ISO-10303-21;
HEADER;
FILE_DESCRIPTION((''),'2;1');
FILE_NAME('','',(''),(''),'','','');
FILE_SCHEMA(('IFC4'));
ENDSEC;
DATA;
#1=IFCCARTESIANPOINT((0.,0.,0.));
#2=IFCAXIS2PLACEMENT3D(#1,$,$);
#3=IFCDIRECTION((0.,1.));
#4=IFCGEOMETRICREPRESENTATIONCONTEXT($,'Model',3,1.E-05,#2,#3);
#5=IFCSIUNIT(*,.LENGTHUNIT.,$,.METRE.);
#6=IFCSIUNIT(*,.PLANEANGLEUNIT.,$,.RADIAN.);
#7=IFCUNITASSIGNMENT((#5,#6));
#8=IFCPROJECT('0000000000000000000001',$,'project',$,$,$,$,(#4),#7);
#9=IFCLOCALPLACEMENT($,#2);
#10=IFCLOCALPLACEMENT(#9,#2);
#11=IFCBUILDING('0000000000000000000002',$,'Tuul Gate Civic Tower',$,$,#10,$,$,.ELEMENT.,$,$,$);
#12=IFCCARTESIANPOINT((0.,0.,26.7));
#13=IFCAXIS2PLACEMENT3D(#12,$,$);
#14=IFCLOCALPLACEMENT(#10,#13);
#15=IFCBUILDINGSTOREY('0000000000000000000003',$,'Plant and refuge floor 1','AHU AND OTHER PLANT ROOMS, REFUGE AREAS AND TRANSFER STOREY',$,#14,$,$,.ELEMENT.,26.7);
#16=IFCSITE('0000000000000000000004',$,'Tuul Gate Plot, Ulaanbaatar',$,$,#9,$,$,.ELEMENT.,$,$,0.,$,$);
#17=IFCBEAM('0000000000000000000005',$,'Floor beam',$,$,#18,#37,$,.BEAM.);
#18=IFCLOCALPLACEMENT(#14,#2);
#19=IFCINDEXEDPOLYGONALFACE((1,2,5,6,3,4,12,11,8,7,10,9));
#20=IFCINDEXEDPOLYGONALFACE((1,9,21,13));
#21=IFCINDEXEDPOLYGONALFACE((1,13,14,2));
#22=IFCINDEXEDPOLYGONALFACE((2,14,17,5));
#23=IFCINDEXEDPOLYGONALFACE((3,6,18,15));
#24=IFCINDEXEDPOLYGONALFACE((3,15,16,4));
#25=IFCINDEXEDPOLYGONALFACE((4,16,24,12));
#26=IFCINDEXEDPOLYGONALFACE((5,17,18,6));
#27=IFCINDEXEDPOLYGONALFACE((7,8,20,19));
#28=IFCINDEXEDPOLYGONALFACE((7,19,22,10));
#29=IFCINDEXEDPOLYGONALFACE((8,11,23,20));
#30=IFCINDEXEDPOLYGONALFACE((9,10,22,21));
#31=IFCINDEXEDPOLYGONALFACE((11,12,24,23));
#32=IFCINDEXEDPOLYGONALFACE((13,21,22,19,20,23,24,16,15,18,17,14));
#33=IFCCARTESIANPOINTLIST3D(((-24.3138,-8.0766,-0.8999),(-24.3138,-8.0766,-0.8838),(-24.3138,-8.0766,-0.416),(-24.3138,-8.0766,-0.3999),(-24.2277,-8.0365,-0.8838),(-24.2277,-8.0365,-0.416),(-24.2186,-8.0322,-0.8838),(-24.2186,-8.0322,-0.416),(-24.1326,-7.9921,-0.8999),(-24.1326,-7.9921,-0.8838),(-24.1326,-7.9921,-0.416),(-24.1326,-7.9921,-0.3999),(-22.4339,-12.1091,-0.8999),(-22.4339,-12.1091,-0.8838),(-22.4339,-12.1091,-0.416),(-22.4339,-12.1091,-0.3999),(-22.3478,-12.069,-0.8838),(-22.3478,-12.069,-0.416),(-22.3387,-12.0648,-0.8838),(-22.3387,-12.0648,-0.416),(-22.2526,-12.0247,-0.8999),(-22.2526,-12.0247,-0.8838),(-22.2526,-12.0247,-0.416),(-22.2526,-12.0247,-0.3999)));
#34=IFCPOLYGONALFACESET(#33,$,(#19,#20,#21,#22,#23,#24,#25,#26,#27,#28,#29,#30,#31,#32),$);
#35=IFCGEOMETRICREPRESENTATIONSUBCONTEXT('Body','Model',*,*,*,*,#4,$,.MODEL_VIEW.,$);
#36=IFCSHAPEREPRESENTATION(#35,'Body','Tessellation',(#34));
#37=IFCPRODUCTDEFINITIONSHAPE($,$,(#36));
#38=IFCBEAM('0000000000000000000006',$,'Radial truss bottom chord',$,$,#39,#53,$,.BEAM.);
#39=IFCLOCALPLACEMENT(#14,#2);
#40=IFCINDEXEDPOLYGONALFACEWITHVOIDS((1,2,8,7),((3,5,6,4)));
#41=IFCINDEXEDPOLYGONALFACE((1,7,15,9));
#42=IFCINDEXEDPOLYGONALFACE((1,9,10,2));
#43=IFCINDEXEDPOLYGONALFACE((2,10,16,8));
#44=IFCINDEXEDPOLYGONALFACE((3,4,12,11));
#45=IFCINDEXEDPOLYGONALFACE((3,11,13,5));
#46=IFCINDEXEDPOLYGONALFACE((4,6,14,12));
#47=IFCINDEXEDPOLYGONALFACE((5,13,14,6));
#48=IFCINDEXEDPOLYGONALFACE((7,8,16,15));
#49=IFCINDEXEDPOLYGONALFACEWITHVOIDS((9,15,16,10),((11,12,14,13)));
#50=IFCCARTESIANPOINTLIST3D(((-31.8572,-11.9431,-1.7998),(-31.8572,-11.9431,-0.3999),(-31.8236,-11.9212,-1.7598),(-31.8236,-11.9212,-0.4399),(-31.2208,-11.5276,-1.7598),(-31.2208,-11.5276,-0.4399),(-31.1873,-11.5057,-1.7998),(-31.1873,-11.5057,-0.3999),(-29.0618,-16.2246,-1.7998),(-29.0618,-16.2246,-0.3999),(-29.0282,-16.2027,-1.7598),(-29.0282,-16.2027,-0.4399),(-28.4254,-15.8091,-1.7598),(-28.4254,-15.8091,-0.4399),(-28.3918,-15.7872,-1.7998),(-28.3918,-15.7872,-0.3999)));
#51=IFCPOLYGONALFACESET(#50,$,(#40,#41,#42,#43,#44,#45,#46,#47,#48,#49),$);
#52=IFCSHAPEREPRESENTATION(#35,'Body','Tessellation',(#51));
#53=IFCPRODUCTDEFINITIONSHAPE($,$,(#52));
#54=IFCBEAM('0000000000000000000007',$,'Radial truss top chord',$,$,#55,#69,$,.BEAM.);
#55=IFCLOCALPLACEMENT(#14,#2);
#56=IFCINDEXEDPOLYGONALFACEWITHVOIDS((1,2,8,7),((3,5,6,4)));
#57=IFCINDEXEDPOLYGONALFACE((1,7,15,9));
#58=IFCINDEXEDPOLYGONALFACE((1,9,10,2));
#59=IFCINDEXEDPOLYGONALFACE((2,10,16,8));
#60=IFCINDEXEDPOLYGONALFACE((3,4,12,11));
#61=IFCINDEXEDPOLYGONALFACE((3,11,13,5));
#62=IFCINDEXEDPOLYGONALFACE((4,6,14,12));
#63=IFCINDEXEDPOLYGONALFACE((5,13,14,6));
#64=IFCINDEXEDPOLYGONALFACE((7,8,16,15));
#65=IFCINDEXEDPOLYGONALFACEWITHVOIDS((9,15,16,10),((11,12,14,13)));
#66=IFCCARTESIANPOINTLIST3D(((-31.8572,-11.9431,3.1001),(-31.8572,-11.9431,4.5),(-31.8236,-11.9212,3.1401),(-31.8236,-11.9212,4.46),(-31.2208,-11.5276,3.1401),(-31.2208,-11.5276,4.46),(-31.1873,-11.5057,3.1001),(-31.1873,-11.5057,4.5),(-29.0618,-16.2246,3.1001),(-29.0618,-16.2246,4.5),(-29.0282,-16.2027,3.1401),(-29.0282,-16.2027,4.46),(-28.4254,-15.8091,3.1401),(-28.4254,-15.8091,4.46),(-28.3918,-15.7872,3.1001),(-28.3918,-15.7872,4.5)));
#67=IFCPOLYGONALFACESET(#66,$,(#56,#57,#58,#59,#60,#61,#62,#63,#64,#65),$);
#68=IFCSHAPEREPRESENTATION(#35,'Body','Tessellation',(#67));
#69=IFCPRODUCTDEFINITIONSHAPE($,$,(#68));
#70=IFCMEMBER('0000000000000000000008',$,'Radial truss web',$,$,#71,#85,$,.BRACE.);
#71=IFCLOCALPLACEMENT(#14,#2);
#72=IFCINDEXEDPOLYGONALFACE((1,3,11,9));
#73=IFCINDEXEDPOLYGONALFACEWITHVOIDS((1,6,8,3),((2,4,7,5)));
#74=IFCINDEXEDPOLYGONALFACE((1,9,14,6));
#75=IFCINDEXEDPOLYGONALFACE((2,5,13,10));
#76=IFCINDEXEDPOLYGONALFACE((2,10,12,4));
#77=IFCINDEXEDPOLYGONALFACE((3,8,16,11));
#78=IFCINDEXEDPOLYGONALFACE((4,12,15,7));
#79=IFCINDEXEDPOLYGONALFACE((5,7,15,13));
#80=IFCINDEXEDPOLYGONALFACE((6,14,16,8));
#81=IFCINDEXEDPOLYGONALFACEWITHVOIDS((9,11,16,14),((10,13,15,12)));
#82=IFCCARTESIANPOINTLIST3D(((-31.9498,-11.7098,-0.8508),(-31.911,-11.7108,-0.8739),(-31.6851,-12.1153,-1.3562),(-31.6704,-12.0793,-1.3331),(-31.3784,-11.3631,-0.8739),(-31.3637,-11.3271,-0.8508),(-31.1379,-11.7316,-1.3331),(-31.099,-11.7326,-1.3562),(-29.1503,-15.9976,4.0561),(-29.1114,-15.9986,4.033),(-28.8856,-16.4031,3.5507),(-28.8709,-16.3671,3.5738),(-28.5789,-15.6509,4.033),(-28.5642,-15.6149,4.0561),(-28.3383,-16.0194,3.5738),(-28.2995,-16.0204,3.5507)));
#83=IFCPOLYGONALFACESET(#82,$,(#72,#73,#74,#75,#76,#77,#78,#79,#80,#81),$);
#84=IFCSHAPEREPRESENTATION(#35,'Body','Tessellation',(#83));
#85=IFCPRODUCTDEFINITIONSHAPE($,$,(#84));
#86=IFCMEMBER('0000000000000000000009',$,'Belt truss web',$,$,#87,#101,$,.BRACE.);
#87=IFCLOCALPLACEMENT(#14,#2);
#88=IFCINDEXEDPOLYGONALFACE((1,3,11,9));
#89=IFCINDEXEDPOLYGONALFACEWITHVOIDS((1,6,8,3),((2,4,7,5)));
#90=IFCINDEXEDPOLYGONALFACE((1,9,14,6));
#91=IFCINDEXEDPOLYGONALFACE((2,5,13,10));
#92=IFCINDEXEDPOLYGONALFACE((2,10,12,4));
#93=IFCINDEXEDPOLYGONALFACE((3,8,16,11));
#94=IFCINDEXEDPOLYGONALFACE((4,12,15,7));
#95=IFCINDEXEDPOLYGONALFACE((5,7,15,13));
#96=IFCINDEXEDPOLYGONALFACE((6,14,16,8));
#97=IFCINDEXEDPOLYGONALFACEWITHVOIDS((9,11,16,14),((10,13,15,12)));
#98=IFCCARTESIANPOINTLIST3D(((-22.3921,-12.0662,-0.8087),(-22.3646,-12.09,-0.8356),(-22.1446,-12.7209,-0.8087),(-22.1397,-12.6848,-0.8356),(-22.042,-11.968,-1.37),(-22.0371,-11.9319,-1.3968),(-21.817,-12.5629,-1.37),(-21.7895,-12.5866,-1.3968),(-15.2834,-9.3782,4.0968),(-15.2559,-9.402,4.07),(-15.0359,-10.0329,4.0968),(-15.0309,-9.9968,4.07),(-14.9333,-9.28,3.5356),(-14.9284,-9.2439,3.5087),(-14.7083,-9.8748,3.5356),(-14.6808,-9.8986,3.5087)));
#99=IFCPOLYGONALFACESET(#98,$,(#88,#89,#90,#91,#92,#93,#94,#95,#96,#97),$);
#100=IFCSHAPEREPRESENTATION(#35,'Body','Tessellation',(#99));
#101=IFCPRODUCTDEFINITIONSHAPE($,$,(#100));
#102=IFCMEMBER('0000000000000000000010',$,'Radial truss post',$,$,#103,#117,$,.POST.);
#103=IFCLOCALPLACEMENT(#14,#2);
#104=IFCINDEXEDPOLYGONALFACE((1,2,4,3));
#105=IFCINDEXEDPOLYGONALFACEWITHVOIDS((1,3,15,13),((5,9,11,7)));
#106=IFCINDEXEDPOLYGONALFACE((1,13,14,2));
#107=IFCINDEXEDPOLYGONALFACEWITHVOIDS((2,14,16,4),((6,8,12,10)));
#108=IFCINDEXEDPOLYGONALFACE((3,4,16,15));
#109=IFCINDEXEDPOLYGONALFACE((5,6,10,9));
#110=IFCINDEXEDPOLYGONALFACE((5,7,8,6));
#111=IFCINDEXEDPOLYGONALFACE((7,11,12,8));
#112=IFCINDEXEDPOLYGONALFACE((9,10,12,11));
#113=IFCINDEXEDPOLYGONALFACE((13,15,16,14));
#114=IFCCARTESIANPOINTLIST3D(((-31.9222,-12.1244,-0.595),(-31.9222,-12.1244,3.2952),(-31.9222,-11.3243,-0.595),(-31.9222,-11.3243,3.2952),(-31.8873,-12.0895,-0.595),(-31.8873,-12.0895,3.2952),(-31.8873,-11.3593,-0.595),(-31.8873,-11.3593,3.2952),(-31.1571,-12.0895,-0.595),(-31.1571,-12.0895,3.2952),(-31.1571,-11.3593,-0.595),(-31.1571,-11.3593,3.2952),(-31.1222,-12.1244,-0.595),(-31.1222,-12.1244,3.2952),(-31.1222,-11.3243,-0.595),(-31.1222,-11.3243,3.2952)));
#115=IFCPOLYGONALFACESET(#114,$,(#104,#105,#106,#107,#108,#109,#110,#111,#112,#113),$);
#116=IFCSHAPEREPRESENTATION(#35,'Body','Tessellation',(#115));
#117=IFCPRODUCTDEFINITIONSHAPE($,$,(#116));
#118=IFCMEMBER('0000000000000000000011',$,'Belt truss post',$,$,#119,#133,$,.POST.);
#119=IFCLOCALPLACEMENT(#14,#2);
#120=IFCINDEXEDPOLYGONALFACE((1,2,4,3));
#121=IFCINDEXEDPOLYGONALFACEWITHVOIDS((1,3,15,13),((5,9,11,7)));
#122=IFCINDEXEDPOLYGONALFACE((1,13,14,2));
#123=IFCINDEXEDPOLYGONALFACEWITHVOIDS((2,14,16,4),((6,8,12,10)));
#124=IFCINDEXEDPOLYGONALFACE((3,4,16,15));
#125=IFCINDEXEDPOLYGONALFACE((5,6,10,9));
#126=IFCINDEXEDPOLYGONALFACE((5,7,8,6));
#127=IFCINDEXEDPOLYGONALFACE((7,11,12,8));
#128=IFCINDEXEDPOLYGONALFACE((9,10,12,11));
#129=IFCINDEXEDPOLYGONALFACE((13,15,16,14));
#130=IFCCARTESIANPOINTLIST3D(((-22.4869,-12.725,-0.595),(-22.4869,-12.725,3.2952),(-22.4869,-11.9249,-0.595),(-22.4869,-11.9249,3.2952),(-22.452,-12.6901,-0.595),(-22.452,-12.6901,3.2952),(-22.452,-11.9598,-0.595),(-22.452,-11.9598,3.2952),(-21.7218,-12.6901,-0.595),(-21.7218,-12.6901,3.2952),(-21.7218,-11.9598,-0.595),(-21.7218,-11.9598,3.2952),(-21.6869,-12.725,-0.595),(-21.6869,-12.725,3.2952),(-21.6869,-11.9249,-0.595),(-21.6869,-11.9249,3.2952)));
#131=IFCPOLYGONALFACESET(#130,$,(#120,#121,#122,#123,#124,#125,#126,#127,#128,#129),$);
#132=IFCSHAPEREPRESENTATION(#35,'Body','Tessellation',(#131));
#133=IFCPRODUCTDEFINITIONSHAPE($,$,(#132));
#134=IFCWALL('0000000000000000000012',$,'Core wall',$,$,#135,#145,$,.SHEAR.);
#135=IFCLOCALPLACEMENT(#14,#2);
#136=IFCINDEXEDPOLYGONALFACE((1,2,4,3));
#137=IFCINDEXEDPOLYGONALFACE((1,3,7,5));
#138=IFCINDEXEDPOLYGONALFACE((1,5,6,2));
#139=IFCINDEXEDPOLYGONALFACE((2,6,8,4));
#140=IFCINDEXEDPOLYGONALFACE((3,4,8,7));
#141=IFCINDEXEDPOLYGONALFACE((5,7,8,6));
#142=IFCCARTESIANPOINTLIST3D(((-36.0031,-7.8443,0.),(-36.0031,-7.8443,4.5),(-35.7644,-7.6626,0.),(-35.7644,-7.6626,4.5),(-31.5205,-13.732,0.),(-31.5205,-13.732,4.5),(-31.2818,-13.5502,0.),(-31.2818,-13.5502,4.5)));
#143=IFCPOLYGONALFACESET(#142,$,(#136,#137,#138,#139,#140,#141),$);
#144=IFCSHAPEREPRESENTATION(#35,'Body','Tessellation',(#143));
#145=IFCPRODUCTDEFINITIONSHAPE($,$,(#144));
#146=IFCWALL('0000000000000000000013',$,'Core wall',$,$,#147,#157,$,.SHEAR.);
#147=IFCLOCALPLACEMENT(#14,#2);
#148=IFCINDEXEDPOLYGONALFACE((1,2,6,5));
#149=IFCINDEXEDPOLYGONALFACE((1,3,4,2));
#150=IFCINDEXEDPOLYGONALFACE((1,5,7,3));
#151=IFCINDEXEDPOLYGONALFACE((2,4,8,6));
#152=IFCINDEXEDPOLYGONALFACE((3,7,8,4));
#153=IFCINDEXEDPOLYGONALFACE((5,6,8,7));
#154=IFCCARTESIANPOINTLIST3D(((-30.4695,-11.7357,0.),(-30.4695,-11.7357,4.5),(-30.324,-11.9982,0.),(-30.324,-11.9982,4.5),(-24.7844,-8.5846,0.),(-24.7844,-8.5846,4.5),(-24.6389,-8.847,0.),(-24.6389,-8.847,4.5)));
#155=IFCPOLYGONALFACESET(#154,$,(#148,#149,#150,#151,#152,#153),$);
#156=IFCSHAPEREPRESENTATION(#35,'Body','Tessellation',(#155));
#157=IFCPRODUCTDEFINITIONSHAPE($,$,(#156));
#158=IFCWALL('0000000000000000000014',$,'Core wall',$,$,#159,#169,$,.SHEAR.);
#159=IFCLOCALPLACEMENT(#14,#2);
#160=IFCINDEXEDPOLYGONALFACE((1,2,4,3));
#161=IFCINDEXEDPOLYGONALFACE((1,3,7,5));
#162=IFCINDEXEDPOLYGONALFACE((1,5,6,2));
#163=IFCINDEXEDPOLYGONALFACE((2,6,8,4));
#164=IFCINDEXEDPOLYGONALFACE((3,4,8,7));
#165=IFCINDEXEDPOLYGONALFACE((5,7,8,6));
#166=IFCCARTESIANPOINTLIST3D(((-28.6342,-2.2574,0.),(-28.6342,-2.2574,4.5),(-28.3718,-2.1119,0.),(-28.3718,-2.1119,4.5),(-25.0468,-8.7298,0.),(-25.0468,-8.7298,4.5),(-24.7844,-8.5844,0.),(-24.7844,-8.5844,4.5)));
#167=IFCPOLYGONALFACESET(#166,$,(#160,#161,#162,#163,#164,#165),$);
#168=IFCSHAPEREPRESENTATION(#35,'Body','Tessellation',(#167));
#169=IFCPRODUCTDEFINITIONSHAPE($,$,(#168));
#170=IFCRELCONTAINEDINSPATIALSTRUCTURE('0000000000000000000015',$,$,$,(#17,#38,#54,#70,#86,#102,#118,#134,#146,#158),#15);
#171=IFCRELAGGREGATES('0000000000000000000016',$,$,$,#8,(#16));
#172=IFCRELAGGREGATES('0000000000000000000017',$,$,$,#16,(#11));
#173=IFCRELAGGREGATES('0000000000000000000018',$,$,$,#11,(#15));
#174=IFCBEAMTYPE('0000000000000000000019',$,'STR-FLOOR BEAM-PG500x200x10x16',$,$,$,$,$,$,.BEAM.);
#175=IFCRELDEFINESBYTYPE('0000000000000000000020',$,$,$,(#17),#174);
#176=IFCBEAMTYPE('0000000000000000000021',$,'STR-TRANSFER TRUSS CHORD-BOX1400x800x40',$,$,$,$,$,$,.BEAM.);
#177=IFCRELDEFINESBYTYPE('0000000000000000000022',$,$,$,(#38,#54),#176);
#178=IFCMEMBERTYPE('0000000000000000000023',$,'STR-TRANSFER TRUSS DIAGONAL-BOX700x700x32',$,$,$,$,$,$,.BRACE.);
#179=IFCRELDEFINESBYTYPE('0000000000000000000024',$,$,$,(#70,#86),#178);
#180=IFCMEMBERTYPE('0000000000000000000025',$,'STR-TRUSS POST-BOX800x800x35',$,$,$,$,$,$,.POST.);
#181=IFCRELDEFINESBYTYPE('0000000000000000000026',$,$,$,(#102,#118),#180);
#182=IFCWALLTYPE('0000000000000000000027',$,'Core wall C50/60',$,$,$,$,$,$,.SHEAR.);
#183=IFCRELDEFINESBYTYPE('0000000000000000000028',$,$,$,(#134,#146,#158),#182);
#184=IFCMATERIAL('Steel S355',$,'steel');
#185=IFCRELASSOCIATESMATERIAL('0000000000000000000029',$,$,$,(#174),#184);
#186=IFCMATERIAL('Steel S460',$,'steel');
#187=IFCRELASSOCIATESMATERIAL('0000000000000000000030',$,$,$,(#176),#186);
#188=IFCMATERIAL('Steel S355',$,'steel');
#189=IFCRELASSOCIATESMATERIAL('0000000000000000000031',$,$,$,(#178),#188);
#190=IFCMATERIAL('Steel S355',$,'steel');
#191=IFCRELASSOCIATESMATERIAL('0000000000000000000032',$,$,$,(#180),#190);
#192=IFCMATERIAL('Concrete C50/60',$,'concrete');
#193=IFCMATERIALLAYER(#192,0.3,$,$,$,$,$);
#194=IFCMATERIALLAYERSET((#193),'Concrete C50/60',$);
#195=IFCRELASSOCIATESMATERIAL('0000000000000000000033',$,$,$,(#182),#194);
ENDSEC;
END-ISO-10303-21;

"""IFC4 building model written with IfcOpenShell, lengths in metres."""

from ifc_helpers import new_model, si_unit, direction, frame, frame_2d, origin, origin_2d, place, context, subcontext, project, spatial, rectangle, hollow_rectangle, i_section, extrude, material, layer, layer_set, material_profile, profile_set, type_object, element, save


model = new_model("IFC4")

# Units and contexts
model_context = context("Model", 3, precision=1e-05, world=origin(), true_north=direction((0.0, 1.0)))
body_context = subcontext(model_context, "Body", "Model", "MODEL_VIEW")
ifc_project = project(units=[si_unit("LENGTHUNIT", "METRE"), si_unit("PLANEANGLEUNIT", "RADIAN")], contexts=[model_context])

# Site, building, storey
site_placement = place(None, origin())
site = spatial("IfcSite", under=ifc_project, at=site_placement, Name="Tuul Gate Plot, Ulaanbaatar", CompositionType="ELEMENT", RefElevation=0.0)
building_placement = place(site_placement, origin())
building = spatial("IfcBuilding", under=site, at=building_placement, Name="Tuul Gate Civic Tower", CompositionType="ELEMENT")
storey_placement = place(building_placement, frame((0.0, 0.0, 26.7)))
storey = spatial("IfcBuildingStorey", under=building, at=storey_placement, Name="Plant and refuge floor 1", Description="AHU AND OTHER PLANT ROOMS, REFUGE AREAS AND TRANSFER STOREY", CompositionType="ELEMENT", Elevation=26.7)

# Beams
ifc_material_1 = material(Name="Steel S355", Category="steel")
ifc_material_profile_1 = material_profile(ifc_material_1, i_section(OverallWidth=0.2, OverallDepth=0.5, WebThickness=0.01, FlangeThickness=0.0161, at=origin_2d()), Name="PG500x200x10x16")
ifc_profile_set_1 = profile_set([ifc_material_profile_1], Name="Steel S355")
beam_type_1 = type_object("IfcBeamType", Name="STR-FLOOR BEAM-PG500x200x10x16", PredefinedType="BEAM", material=ifc_profile_set_1)
beam_placement = place(storey_placement, frame((-22.3433, -12.0669, -0.6499), z_axis=(-0.422528, 0.90635, 0.0), x_axis=(-0.90635, -0.422528, 0.0)))
element("IfcBeam", 1, at=beam_placement, inside=storey, type_object=beam_type_1, Name="Floor beam", PredefinedType="BEAM", context=body_context, shape_type="SweptSolid", body=[
    extrude(i_section(OverallWidth=0.2, OverallDepth=0.5, WebThickness=0.01, FlangeThickness=0.0161, at=origin_2d()), origin(), (0.0, 0.0, 1.0), 4.4492),
])
ifc_material_2 = material(Name="Steel S460", Category="steel")
ifc_material_profile_2 = material_profile(ifc_material_2, hollow_rectangle(XDim=0.8, YDim=1.3999, WallThickness=0.04, at=origin_2d()), Name="BOX1400x800x40")
ifc_profile_set_2 = profile_set([ifc_material_profile_2], Name="Steel S460")
beam_type_2 = type_object("IfcBeamType", Name="STR-TRANSFER TRUSS CHORD-BOX1400x800x40", PredefinedType="BEAM", material=ifc_profile_set_2)
for number, where, z_axis, x_axis, name in (
    (2, (-31.5222, -11.7244, -1.0999), (0.546697, -0.83733, 0.0), (0.83733, 0.546697, 0.0), "Radial truss bottom chord"),
    (3, (-31.5222, -11.7244, 3.8), (0.546697, -0.83733, 0.0), (0.83733, 0.546697, 0.0), "Radial truss top chord"),
):
    element("IfcBeam", number, at=place(storey_placement, frame(where, z_axis=z_axis, x_axis=x_axis)), inside=storey, type_object=beam_type_2, Name=name, PredefinedType="BEAM", context=body_context, shape_type="SweptSolid", body=[
        extrude(hollow_rectangle(XDim=0.8, YDim=1.3999, WallThickness=0.04, at=origin_2d()), origin(), (0.0, 0.0, 1.0), 5.1133),
    ])

# Members
ifc_material_3 = material(Name="Steel S355", Category="steel")
ifc_material_profile_3 = material_profile(ifc_material_3, hollow_rectangle(XDim=0.7, YDim=0.7, WallThickness=0.032, at=origin_2d()), Name="BOX700x700x32")
ifc_profile_set_3 = profile_set([ifc_material_profile_3], Name="Steel S355")
member_type_1 = type_object("IfcMemberType", Name="STR-TRANSFER TRUSS DIAGONAL-BOX700x700x32", PredefinedType="BRACE", material=ifc_profile_set_3)
member_1_placement = place(storey_placement, frame((-31.5244, -11.7212, -1.1035), z_axis=(0.394729, -0.604572, 0.691869), x_axis=(0.83733, 0.546698, 0.0)))
element("IfcMember", 4, at=member_1_placement, inside=storey, type_object=member_type_1, Name="Radial truss web", PredefinedType="BRACE", context=body_context, shape_type="SweptSolid", body=[
    extrude(hollow_rectangle(XDim=0.7, YDim=0.7, WallThickness=0.032, at=origin_2d()), origin(), (0.0, 0.0, 1.0), 7.0923),
])
member_2_placement = place(storey_placement, frame((-22.0908, -12.3264, -1.1028), z_axis=(0.785871, 0.297161, 0.542312), x_axis=(-0.353689, 0.935363, 0.0)))
element("IfcMember", 5, at=member_2_placement, inside=storey, type_object=member_type_1, Name="Belt truss web", PredefinedType="BRACE", context=body_context, shape_type="SweptSolid", body=[
    extrude(hollow_rectangle(XDim=0.7, YDim=0.7, WallThickness=0.032, at=origin_2d()), origin(), (0.0, 0.0, 1.0), 9.0457),
])
ifc_material_4 = material(Name="Steel S355", Category="steel")
ifc_material_profile_4 = material_profile(ifc_material_4, hollow_rectangle(XDim=0.8, YDim=0.8, WallThickness=0.0349, at=origin_2d()), Name="BOX800x800x35")
ifc_profile_set_4 = profile_set([ifc_material_profile_4], Name="Steel S355")
member_type_2 = type_object("IfcMemberType", Name="STR-TRUSS POST-BOX800x800x35", PredefinedType="POST", material=ifc_profile_set_4)
for number, where, z_axis, x_axis, name in (
    (6, (-31.5222, -11.7244, -0.595), (0.0, 0.0, 1.0), (1.0, 0.0, 0.0), "Radial truss post"),
    (7, (-22.0869, -12.325, -0.595), (0.0, 0.0, 1.0), (1.0, 0.0, 0.0), "Belt truss post"),
):
    element("IfcMember", number, at=place(storey_placement, frame(where, z_axis=z_axis, x_axis=x_axis)), inside=storey, type_object=member_type_2, Name=name, PredefinedType="POST", context=body_context, shape_type="SweptSolid", body=[
        extrude(hollow_rectangle(XDim=0.8, YDim=0.8, WallThickness=0.0349, at=origin_2d()), origin(), (0.0, 0.0, 1.0), 3.8901),
    ])

# Walls
ifc_material_5 = material(Name="Concrete C50/60", Category="concrete")
ifc_layer_1 = layer(ifc_material_5, 0.3)
ifc_layer_set_1 = layer_set([ifc_layer_1], Name="Concrete C50/60")
wall_type_1 = type_object("IfcWallType", Name="Core wall C50/60", PredefinedType="SHEAR", material=ifc_layer_set_1)
wall_1_placement = place(storey_placement, frame((-31.4011, -13.6411, 0.0), z_axis=(0.0, 0.0, 1.0), x_axis=(-0.60577, 0.79564, 0.0)))
element("IfcWall", 8, at=wall_1_placement, inside=storey, type_object=wall_type_1, Name="Core wall", PredefinedType="SHEAR", context=body_context, shape_type="SweptSolid", body=[
    extrude(rectangle(XDim=7.3999, YDim=0.3, at=frame_2d((3.7, 0.0))), origin(), (0.0, 0.0, 1.0), 4.5),
])
wall_2_placement = place(storey_placement, frame((-24.7117, -8.7158, 0.0), z_axis=(0.0, 0.0, 1.0), x_axis=(-0.87463, -0.484791, 0.0)))
element("IfcWall", 9, at=wall_2_placement, inside=storey, type_object=wall_type_1, Name="Core wall", PredefinedType="SHEAR", context=body_context, shape_type="SweptSolid", body=[
    extrude(rectangle(XDim=6.5, YDim=0.3, at=frame_2d((3.25, 0.0))), origin(), (0.0, 0.0, 1.0), 4.5),
])
wall_3_placement = place(storey_placement, frame((-24.9155, -8.6572, 0.0), z_axis=(0.0, 0.0, 1.0), x_axis=(-0.484777, 0.874638, 0.0)))
element("IfcWall", 10, at=wall_3_placement, inside=storey, type_object=wall_type_1, Name="Core wall", PredefinedType="SHEAR", context=body_context, shape_type="SweptSolid", body=[
    extrude(rectangle(XDim=7.4001, YDim=0.3, at=frame_2d((3.7002, 0.0))), origin(), (0.0, 0.0, 1.0), 4.5),
])

save(model, "model.ifc")
